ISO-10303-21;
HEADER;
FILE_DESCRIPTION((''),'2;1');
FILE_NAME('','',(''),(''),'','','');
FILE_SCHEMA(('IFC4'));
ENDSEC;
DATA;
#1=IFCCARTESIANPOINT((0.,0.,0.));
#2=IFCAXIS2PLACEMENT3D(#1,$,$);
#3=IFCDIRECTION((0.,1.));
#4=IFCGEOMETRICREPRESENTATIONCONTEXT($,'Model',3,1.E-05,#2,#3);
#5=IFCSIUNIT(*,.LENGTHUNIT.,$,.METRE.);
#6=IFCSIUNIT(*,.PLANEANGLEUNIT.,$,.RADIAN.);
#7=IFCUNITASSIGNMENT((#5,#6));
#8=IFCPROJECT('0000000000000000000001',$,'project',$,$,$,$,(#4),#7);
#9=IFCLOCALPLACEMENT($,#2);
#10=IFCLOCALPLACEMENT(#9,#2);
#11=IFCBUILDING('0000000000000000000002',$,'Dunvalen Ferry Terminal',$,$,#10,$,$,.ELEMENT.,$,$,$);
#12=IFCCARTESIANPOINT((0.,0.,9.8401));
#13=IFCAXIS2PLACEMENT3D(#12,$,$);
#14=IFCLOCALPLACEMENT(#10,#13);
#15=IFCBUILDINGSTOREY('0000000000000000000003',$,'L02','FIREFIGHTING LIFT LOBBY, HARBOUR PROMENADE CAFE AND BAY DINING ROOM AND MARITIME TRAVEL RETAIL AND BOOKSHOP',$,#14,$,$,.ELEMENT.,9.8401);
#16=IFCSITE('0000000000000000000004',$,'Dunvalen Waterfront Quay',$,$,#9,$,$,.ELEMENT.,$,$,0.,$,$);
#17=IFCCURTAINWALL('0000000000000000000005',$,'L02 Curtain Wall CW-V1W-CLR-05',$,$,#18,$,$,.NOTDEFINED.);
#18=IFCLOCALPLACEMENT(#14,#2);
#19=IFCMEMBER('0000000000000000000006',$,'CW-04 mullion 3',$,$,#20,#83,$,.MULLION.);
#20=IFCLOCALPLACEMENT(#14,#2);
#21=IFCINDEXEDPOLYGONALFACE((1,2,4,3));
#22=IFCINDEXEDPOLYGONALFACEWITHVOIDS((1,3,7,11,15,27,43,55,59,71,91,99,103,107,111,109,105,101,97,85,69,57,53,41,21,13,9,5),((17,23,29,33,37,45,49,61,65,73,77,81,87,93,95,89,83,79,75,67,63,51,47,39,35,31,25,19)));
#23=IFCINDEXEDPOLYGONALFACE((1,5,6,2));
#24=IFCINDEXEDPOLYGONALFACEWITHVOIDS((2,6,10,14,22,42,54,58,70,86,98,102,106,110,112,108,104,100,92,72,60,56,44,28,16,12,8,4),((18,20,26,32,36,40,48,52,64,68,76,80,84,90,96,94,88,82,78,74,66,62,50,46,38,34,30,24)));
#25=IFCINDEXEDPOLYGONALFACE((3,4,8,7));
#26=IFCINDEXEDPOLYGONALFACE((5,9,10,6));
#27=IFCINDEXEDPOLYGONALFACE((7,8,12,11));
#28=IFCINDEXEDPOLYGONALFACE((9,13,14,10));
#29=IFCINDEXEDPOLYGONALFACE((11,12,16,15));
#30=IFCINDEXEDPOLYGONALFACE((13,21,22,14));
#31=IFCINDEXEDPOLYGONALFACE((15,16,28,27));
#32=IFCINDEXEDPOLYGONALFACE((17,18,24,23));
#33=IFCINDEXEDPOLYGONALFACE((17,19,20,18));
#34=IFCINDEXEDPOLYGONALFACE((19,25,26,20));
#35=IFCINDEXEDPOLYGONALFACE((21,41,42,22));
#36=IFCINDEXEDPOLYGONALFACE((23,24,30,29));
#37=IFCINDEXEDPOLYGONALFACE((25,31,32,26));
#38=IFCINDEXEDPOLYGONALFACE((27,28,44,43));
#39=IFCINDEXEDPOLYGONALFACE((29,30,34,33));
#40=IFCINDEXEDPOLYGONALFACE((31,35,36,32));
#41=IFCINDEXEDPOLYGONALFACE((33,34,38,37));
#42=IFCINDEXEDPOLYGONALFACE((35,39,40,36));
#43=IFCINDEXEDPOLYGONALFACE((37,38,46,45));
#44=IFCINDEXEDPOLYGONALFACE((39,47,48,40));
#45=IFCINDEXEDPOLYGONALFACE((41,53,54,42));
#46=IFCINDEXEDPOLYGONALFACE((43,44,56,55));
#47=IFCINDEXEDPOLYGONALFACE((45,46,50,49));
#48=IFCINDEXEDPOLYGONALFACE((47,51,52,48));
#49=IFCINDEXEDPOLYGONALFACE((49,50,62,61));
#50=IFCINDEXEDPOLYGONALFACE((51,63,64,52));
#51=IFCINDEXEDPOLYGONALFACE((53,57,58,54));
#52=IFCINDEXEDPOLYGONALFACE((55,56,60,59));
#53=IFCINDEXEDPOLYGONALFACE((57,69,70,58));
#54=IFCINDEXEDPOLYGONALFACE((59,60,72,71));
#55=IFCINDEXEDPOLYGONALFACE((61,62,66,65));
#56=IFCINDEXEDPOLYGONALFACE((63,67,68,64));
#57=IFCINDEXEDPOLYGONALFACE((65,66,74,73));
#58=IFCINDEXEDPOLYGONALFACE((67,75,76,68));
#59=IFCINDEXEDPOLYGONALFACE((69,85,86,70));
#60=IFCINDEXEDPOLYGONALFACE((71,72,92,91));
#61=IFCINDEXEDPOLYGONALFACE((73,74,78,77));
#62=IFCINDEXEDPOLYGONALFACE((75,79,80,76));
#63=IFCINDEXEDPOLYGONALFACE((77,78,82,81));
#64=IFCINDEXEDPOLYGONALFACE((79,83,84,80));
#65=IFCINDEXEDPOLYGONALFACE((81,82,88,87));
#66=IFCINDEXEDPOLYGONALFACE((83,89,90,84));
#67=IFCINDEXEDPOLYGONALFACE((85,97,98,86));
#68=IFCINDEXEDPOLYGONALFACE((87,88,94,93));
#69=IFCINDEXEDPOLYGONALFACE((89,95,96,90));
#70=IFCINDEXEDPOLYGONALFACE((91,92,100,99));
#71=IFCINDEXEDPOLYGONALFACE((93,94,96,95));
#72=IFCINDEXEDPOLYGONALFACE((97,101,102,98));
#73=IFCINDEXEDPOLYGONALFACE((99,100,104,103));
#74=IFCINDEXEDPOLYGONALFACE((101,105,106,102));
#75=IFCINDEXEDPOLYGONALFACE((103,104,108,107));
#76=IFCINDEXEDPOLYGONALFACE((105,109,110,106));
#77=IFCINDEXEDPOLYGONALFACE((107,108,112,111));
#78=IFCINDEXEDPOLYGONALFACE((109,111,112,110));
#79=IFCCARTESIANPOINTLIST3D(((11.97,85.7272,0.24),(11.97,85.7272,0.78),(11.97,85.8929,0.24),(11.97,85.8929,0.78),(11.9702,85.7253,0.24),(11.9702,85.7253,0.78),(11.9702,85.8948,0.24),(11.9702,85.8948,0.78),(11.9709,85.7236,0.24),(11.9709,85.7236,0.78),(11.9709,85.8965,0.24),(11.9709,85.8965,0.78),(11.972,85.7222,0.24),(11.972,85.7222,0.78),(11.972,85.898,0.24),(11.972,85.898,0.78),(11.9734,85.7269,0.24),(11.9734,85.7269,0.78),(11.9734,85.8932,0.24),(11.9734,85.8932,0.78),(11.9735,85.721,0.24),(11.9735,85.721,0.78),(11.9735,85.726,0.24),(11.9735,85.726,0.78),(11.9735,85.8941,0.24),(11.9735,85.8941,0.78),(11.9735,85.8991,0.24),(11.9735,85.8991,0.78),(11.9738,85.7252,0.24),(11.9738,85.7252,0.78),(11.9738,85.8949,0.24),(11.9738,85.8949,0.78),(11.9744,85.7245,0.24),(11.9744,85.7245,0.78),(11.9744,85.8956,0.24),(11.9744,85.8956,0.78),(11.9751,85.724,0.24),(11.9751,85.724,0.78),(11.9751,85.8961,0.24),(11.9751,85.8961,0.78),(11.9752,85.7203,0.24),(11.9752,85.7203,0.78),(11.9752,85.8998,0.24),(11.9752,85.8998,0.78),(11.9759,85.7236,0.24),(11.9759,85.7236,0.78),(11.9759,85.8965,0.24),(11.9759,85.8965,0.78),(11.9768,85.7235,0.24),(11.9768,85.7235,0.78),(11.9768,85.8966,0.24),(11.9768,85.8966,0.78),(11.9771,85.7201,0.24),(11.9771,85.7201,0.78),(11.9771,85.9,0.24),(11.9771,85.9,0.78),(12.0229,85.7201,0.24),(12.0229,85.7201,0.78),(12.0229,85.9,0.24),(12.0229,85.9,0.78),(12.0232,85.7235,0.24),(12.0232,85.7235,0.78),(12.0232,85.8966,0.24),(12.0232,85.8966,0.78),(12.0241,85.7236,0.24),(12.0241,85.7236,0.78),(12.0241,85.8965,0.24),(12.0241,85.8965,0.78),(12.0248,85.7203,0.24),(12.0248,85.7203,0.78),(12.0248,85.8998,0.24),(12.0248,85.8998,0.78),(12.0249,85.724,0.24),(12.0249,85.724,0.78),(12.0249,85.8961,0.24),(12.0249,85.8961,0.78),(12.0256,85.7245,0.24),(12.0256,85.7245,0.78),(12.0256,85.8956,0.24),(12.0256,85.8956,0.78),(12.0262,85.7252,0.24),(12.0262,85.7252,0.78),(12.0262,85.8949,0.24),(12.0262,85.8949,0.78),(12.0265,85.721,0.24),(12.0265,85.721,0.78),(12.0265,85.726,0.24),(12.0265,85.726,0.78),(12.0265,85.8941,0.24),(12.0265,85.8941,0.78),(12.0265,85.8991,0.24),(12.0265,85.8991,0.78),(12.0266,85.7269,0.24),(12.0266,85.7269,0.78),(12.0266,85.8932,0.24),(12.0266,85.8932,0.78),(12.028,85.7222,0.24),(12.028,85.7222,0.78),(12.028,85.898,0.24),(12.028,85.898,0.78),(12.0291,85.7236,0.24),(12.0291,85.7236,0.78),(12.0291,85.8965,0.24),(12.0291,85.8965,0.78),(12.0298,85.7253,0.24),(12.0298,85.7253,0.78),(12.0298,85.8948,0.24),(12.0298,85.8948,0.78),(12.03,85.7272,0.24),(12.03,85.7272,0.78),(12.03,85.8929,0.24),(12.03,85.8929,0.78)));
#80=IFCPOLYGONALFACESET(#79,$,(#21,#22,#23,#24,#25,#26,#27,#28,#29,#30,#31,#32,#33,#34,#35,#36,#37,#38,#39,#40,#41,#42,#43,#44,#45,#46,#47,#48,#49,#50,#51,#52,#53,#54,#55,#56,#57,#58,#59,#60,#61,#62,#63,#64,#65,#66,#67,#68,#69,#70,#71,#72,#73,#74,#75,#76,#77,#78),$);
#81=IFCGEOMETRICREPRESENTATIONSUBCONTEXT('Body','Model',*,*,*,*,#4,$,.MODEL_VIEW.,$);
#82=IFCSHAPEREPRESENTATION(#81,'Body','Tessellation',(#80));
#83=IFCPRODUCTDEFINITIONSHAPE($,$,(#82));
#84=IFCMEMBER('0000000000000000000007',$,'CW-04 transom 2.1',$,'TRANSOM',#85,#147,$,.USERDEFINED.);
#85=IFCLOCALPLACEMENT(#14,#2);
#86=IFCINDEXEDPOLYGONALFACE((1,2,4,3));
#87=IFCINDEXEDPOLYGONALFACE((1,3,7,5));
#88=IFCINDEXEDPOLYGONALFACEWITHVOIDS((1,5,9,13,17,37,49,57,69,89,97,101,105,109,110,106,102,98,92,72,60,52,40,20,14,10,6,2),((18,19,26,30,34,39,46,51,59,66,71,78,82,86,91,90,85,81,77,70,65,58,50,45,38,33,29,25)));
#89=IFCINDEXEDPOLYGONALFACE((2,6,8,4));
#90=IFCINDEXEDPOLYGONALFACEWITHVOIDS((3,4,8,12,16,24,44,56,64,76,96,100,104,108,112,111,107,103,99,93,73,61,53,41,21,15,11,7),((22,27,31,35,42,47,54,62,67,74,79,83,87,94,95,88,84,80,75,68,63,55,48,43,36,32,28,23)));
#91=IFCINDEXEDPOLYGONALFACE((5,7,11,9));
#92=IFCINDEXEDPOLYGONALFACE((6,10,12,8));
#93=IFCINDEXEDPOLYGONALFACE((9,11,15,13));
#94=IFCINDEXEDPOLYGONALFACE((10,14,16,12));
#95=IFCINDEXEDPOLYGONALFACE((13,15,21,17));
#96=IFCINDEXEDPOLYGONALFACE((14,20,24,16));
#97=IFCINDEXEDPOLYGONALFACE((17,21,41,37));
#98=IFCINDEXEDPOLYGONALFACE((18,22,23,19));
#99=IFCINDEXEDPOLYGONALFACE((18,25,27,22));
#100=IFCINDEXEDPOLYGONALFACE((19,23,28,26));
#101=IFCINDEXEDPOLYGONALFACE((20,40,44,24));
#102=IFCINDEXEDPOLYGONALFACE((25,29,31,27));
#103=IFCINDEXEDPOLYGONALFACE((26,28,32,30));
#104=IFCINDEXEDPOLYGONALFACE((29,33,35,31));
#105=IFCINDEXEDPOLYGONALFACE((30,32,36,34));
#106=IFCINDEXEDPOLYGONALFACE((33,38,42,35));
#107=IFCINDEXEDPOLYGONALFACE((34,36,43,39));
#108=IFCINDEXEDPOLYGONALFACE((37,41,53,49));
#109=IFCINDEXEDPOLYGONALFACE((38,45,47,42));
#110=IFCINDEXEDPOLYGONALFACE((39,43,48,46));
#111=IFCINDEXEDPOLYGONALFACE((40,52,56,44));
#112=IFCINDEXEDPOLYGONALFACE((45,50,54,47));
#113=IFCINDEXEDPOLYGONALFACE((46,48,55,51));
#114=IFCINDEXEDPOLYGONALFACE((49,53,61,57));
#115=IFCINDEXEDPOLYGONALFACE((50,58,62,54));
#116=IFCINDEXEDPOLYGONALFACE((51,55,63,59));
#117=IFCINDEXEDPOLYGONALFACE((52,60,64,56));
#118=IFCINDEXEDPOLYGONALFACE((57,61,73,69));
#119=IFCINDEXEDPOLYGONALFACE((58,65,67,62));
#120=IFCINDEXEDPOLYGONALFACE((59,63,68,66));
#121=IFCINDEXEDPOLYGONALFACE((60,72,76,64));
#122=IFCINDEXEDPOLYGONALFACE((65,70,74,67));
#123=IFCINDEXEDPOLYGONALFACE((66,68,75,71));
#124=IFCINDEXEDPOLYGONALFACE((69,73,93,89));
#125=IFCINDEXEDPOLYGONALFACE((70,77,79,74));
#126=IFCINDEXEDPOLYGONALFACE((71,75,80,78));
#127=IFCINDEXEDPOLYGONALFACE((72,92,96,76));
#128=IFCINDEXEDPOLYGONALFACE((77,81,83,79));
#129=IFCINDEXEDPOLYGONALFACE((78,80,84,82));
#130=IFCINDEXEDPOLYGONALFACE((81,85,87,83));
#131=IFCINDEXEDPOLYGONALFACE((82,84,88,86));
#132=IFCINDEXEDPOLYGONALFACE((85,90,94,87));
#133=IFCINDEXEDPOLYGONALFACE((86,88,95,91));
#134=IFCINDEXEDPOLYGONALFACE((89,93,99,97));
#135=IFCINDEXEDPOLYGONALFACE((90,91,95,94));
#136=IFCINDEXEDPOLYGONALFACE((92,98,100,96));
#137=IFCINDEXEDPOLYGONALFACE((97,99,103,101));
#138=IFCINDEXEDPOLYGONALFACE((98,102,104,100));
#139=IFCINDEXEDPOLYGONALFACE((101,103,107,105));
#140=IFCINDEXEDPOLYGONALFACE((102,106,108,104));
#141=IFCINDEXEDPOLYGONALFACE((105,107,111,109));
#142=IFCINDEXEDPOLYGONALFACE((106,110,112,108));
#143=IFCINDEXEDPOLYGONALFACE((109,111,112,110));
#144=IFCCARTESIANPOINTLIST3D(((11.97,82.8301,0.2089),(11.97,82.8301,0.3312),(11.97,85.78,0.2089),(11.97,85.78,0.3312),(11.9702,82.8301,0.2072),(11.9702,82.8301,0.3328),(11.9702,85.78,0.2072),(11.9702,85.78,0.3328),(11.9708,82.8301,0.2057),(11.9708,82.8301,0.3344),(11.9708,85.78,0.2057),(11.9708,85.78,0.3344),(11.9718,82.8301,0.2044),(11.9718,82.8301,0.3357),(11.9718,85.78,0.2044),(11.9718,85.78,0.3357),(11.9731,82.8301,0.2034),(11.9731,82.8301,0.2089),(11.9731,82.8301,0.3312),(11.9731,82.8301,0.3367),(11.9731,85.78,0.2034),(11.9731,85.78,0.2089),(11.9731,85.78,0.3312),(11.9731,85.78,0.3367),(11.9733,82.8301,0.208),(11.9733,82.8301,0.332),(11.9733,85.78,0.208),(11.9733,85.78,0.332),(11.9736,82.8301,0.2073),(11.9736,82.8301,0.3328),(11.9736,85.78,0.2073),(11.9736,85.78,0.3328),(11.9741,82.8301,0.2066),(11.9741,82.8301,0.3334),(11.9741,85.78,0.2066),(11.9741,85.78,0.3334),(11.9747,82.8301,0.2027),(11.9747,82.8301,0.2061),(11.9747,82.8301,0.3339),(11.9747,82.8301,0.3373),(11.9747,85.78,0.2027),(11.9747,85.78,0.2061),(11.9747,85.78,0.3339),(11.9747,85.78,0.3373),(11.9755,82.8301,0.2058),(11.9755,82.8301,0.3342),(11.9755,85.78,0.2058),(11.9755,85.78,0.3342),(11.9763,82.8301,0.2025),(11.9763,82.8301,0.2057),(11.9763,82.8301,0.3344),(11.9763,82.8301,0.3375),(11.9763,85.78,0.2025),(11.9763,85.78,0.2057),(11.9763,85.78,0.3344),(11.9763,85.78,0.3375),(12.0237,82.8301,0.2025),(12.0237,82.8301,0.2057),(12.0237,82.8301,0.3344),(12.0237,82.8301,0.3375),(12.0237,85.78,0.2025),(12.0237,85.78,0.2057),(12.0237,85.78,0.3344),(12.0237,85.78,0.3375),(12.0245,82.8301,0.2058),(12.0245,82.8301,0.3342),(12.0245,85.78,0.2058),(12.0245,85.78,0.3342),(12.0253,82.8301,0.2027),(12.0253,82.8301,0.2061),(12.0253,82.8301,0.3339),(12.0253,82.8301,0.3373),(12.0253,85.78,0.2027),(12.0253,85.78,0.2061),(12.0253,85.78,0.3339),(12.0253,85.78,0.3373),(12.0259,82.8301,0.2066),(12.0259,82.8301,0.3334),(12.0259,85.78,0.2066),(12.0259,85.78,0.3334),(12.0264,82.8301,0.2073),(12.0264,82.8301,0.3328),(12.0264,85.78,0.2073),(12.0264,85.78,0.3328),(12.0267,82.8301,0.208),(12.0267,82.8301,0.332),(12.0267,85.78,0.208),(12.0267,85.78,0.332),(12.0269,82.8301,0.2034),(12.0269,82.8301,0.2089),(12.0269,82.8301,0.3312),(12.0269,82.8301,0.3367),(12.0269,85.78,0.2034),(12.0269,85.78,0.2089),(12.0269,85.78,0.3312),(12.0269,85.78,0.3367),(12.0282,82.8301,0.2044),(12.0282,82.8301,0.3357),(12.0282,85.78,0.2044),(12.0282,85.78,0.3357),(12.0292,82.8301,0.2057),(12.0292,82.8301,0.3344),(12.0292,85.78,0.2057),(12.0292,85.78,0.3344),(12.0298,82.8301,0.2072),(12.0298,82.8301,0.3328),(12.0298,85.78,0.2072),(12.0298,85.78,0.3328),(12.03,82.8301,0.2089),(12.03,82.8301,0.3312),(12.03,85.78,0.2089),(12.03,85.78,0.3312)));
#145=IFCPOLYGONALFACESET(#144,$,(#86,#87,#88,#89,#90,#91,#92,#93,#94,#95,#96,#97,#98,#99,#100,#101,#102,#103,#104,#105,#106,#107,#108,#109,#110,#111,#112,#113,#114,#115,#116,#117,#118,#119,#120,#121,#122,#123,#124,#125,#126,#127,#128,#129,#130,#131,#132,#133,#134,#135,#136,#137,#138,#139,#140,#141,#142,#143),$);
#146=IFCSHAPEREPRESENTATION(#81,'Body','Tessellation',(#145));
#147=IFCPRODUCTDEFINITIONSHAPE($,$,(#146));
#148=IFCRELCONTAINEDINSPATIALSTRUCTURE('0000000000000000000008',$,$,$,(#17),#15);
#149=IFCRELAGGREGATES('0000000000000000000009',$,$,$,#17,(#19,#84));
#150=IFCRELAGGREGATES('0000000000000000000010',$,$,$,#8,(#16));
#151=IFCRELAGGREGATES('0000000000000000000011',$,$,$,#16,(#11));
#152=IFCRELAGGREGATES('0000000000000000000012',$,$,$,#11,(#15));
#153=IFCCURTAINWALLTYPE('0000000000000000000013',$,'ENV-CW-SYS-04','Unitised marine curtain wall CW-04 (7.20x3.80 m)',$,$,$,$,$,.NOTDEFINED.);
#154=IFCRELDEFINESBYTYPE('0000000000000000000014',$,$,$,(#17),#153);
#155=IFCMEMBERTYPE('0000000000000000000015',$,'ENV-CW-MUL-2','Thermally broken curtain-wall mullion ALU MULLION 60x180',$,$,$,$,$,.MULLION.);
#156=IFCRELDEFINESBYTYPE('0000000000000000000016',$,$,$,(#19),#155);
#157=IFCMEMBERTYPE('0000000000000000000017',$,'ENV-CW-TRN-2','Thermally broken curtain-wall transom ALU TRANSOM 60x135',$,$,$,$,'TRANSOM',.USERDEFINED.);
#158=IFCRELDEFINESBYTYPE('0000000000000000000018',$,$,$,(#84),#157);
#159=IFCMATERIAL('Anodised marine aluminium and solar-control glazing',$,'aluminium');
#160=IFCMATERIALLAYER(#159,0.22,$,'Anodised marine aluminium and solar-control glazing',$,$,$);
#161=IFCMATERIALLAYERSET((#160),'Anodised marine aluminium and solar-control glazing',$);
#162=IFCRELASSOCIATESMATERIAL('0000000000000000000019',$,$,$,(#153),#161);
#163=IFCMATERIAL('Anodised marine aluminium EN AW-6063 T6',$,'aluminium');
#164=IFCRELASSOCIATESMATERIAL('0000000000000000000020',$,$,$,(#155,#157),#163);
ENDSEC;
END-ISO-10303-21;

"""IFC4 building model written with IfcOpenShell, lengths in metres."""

from ifc_helpers import new_model, si_unit, direction, frame, origin, origin_2d, place, context, subcontext, project, spatial, hollow_rectangle, extrude, material, layer, layer_set, material_profile, profile_set, type_object, element, aggregate, save


model = new_model("IFC4")

# Units and contexts
model_context = context("Model", 3, precision=1e-05, world=origin(), true_north=direction((0.0, 1.0)))
body_context = subcontext(model_context, "Body", "Model", "MODEL_VIEW")
ifc_project = project(units=[si_unit("LENGTHUNIT", "METRE"), si_unit("PLANEANGLEUNIT", "RADIAN")], contexts=[model_context])

# Site, building, storey
site_placement = place(None, origin())
site = spatial("IfcSite", under=ifc_project, at=site_placement, Name="Dunvalen Waterfront Quay", CompositionType="ELEMENT", RefElevation=0.0)
building_placement = place(site_placement, origin())
building = spatial("IfcBuilding", under=site, at=building_placement, Name="Dunvalen Ferry Terminal", CompositionType="ELEMENT")
storey_placement = place(building_placement, frame((0.0, 0.0, 9.8401)))
storey = spatial("IfcBuildingStorey", under=building, at=storey_placement, Name="L02", Description="FIREFIGHTING LIFT LOBBY, HARBOUR PROMENADE CAFE AND BAY DINING ROOM AND MARITIME TRAVEL RETAIL AND BOOKSHOP", CompositionType="ELEMENT", Elevation=9.8401)

# Curtain wall, members
ifc_material_1 = material(Name="Anodised marine aluminium and solar-control glazing", Category="aluminium")
ifc_layer_1 = layer(ifc_material_1, 0.22, Name="Anodised marine aluminium and solar-control glazing")
ifc_layer_set_1 = layer_set([ifc_layer_1], Name="Anodised marine aluminium and solar-control glazing")
curtain_wall_type = type_object("IfcCurtainWallType", Name="ENV-CW-SYS-04", Description="Unitised marine curtain wall CW-04 (7.20x3.80 m)", PredefinedType="NOTDEFINED", material=ifc_layer_set_1)
curtain_wall_placement = place(storey_placement, origin())
curtain_wall = element("IfcCurtainWall", 1, at=curtain_wall_placement, inside=storey, type_object=curtain_wall_type, Name="L02 Curtain Wall CW-V1W-CLR-05", PredefinedType="NOTDEFINED")
ifc_material_2 = material(Name="Anodised marine aluminium EN AW-6063 T6", Category="aluminium")
ifc_material_profile_1 = material_profile(ifc_material_2, hollow_rectangle(XDim=0.0601, YDim=0.1799, WallThickness=0.0034, InnerFilletRadius=0.0034, OuterFilletRadius=0.0071, at=origin_2d()), Name="Anodised marine aluminium EN AW-6063 T6")
ifc_profile_set_1 = profile_set([ifc_material_profile_1], Name="Anodised marine aluminium EN AW-6063 T6")
member_type_1 = type_object("IfcMemberType", Name="ENV-CW-MUL-2", Description="Thermally broken curtain-wall mullion ALU MULLION 60x180", PredefinedType="MULLION", material=ifc_profile_set_1)
member_1_placement = place(storey_placement, frame((12.0, 85.8101, 0.24), z_axis=(0.0, 0.0, 1.0), x_axis=(-1.0, 0.0, 0.0)))
member_1 = element("IfcMember", 2, at=member_1_placement, type_object=member_type_1, Name="CW-04 mullion 3", PredefinedType="MULLION", context=body_context, shape_type="SweptSolid", body=[
    extrude(hollow_rectangle(XDim=0.0601, YDim=0.1799, WallThickness=0.0034, InnerFilletRadius=0.0034, OuterFilletRadius=0.0071, at=origin_2d()), origin(), (0.0, 0.0, 1.0), 0.54),
])
ifc_material_profile_2 = material_profile(ifc_material_2, hollow_rectangle(XDim=0.0601, YDim=0.135, WallThickness=0.0032, InnerFilletRadius=0.0032, OuterFilletRadius=0.0063, at=origin_2d()), Name="Anodised marine aluminium EN AW-6063 T6")
ifc_profile_set_2 = profile_set([ifc_material_profile_2], Name="Anodised marine aluminium EN AW-6063 T6")
member_type_2 = type_object("IfcMemberType", Name="ENV-CW-TRN-2", Description="Thermally broken curtain-wall transom ALU TRANSOM 60x135", ElementType="TRANSOM", PredefinedType="USERDEFINED", material=ifc_profile_set_2)
member_2_placement = place(storey_placement, frame((12.0, 82.8301, 0.27), z_axis=(0.0, 1.0, 0.0), x_axis=(-1.0, 0.0, 0.0)))
member_2 = element("IfcMember", 3, at=member_2_placement, type_object=member_type_2, Name="CW-04 transom 2.1", ObjectType="TRANSOM", PredefinedType="USERDEFINED", context=body_context, shape_type="SweptSolid", body=[
    extrude(hollow_rectangle(XDim=0.0601, YDim=0.135, WallThickness=0.0032, InnerFilletRadius=0.0032, OuterFilletRadius=0.0063, at=origin_2d()), origin(), (0.0, 0.0, 1.0), 2.95),
])

aggregate(curtain_wall, [member_1, member_2])

save(model, "model.ifc")
